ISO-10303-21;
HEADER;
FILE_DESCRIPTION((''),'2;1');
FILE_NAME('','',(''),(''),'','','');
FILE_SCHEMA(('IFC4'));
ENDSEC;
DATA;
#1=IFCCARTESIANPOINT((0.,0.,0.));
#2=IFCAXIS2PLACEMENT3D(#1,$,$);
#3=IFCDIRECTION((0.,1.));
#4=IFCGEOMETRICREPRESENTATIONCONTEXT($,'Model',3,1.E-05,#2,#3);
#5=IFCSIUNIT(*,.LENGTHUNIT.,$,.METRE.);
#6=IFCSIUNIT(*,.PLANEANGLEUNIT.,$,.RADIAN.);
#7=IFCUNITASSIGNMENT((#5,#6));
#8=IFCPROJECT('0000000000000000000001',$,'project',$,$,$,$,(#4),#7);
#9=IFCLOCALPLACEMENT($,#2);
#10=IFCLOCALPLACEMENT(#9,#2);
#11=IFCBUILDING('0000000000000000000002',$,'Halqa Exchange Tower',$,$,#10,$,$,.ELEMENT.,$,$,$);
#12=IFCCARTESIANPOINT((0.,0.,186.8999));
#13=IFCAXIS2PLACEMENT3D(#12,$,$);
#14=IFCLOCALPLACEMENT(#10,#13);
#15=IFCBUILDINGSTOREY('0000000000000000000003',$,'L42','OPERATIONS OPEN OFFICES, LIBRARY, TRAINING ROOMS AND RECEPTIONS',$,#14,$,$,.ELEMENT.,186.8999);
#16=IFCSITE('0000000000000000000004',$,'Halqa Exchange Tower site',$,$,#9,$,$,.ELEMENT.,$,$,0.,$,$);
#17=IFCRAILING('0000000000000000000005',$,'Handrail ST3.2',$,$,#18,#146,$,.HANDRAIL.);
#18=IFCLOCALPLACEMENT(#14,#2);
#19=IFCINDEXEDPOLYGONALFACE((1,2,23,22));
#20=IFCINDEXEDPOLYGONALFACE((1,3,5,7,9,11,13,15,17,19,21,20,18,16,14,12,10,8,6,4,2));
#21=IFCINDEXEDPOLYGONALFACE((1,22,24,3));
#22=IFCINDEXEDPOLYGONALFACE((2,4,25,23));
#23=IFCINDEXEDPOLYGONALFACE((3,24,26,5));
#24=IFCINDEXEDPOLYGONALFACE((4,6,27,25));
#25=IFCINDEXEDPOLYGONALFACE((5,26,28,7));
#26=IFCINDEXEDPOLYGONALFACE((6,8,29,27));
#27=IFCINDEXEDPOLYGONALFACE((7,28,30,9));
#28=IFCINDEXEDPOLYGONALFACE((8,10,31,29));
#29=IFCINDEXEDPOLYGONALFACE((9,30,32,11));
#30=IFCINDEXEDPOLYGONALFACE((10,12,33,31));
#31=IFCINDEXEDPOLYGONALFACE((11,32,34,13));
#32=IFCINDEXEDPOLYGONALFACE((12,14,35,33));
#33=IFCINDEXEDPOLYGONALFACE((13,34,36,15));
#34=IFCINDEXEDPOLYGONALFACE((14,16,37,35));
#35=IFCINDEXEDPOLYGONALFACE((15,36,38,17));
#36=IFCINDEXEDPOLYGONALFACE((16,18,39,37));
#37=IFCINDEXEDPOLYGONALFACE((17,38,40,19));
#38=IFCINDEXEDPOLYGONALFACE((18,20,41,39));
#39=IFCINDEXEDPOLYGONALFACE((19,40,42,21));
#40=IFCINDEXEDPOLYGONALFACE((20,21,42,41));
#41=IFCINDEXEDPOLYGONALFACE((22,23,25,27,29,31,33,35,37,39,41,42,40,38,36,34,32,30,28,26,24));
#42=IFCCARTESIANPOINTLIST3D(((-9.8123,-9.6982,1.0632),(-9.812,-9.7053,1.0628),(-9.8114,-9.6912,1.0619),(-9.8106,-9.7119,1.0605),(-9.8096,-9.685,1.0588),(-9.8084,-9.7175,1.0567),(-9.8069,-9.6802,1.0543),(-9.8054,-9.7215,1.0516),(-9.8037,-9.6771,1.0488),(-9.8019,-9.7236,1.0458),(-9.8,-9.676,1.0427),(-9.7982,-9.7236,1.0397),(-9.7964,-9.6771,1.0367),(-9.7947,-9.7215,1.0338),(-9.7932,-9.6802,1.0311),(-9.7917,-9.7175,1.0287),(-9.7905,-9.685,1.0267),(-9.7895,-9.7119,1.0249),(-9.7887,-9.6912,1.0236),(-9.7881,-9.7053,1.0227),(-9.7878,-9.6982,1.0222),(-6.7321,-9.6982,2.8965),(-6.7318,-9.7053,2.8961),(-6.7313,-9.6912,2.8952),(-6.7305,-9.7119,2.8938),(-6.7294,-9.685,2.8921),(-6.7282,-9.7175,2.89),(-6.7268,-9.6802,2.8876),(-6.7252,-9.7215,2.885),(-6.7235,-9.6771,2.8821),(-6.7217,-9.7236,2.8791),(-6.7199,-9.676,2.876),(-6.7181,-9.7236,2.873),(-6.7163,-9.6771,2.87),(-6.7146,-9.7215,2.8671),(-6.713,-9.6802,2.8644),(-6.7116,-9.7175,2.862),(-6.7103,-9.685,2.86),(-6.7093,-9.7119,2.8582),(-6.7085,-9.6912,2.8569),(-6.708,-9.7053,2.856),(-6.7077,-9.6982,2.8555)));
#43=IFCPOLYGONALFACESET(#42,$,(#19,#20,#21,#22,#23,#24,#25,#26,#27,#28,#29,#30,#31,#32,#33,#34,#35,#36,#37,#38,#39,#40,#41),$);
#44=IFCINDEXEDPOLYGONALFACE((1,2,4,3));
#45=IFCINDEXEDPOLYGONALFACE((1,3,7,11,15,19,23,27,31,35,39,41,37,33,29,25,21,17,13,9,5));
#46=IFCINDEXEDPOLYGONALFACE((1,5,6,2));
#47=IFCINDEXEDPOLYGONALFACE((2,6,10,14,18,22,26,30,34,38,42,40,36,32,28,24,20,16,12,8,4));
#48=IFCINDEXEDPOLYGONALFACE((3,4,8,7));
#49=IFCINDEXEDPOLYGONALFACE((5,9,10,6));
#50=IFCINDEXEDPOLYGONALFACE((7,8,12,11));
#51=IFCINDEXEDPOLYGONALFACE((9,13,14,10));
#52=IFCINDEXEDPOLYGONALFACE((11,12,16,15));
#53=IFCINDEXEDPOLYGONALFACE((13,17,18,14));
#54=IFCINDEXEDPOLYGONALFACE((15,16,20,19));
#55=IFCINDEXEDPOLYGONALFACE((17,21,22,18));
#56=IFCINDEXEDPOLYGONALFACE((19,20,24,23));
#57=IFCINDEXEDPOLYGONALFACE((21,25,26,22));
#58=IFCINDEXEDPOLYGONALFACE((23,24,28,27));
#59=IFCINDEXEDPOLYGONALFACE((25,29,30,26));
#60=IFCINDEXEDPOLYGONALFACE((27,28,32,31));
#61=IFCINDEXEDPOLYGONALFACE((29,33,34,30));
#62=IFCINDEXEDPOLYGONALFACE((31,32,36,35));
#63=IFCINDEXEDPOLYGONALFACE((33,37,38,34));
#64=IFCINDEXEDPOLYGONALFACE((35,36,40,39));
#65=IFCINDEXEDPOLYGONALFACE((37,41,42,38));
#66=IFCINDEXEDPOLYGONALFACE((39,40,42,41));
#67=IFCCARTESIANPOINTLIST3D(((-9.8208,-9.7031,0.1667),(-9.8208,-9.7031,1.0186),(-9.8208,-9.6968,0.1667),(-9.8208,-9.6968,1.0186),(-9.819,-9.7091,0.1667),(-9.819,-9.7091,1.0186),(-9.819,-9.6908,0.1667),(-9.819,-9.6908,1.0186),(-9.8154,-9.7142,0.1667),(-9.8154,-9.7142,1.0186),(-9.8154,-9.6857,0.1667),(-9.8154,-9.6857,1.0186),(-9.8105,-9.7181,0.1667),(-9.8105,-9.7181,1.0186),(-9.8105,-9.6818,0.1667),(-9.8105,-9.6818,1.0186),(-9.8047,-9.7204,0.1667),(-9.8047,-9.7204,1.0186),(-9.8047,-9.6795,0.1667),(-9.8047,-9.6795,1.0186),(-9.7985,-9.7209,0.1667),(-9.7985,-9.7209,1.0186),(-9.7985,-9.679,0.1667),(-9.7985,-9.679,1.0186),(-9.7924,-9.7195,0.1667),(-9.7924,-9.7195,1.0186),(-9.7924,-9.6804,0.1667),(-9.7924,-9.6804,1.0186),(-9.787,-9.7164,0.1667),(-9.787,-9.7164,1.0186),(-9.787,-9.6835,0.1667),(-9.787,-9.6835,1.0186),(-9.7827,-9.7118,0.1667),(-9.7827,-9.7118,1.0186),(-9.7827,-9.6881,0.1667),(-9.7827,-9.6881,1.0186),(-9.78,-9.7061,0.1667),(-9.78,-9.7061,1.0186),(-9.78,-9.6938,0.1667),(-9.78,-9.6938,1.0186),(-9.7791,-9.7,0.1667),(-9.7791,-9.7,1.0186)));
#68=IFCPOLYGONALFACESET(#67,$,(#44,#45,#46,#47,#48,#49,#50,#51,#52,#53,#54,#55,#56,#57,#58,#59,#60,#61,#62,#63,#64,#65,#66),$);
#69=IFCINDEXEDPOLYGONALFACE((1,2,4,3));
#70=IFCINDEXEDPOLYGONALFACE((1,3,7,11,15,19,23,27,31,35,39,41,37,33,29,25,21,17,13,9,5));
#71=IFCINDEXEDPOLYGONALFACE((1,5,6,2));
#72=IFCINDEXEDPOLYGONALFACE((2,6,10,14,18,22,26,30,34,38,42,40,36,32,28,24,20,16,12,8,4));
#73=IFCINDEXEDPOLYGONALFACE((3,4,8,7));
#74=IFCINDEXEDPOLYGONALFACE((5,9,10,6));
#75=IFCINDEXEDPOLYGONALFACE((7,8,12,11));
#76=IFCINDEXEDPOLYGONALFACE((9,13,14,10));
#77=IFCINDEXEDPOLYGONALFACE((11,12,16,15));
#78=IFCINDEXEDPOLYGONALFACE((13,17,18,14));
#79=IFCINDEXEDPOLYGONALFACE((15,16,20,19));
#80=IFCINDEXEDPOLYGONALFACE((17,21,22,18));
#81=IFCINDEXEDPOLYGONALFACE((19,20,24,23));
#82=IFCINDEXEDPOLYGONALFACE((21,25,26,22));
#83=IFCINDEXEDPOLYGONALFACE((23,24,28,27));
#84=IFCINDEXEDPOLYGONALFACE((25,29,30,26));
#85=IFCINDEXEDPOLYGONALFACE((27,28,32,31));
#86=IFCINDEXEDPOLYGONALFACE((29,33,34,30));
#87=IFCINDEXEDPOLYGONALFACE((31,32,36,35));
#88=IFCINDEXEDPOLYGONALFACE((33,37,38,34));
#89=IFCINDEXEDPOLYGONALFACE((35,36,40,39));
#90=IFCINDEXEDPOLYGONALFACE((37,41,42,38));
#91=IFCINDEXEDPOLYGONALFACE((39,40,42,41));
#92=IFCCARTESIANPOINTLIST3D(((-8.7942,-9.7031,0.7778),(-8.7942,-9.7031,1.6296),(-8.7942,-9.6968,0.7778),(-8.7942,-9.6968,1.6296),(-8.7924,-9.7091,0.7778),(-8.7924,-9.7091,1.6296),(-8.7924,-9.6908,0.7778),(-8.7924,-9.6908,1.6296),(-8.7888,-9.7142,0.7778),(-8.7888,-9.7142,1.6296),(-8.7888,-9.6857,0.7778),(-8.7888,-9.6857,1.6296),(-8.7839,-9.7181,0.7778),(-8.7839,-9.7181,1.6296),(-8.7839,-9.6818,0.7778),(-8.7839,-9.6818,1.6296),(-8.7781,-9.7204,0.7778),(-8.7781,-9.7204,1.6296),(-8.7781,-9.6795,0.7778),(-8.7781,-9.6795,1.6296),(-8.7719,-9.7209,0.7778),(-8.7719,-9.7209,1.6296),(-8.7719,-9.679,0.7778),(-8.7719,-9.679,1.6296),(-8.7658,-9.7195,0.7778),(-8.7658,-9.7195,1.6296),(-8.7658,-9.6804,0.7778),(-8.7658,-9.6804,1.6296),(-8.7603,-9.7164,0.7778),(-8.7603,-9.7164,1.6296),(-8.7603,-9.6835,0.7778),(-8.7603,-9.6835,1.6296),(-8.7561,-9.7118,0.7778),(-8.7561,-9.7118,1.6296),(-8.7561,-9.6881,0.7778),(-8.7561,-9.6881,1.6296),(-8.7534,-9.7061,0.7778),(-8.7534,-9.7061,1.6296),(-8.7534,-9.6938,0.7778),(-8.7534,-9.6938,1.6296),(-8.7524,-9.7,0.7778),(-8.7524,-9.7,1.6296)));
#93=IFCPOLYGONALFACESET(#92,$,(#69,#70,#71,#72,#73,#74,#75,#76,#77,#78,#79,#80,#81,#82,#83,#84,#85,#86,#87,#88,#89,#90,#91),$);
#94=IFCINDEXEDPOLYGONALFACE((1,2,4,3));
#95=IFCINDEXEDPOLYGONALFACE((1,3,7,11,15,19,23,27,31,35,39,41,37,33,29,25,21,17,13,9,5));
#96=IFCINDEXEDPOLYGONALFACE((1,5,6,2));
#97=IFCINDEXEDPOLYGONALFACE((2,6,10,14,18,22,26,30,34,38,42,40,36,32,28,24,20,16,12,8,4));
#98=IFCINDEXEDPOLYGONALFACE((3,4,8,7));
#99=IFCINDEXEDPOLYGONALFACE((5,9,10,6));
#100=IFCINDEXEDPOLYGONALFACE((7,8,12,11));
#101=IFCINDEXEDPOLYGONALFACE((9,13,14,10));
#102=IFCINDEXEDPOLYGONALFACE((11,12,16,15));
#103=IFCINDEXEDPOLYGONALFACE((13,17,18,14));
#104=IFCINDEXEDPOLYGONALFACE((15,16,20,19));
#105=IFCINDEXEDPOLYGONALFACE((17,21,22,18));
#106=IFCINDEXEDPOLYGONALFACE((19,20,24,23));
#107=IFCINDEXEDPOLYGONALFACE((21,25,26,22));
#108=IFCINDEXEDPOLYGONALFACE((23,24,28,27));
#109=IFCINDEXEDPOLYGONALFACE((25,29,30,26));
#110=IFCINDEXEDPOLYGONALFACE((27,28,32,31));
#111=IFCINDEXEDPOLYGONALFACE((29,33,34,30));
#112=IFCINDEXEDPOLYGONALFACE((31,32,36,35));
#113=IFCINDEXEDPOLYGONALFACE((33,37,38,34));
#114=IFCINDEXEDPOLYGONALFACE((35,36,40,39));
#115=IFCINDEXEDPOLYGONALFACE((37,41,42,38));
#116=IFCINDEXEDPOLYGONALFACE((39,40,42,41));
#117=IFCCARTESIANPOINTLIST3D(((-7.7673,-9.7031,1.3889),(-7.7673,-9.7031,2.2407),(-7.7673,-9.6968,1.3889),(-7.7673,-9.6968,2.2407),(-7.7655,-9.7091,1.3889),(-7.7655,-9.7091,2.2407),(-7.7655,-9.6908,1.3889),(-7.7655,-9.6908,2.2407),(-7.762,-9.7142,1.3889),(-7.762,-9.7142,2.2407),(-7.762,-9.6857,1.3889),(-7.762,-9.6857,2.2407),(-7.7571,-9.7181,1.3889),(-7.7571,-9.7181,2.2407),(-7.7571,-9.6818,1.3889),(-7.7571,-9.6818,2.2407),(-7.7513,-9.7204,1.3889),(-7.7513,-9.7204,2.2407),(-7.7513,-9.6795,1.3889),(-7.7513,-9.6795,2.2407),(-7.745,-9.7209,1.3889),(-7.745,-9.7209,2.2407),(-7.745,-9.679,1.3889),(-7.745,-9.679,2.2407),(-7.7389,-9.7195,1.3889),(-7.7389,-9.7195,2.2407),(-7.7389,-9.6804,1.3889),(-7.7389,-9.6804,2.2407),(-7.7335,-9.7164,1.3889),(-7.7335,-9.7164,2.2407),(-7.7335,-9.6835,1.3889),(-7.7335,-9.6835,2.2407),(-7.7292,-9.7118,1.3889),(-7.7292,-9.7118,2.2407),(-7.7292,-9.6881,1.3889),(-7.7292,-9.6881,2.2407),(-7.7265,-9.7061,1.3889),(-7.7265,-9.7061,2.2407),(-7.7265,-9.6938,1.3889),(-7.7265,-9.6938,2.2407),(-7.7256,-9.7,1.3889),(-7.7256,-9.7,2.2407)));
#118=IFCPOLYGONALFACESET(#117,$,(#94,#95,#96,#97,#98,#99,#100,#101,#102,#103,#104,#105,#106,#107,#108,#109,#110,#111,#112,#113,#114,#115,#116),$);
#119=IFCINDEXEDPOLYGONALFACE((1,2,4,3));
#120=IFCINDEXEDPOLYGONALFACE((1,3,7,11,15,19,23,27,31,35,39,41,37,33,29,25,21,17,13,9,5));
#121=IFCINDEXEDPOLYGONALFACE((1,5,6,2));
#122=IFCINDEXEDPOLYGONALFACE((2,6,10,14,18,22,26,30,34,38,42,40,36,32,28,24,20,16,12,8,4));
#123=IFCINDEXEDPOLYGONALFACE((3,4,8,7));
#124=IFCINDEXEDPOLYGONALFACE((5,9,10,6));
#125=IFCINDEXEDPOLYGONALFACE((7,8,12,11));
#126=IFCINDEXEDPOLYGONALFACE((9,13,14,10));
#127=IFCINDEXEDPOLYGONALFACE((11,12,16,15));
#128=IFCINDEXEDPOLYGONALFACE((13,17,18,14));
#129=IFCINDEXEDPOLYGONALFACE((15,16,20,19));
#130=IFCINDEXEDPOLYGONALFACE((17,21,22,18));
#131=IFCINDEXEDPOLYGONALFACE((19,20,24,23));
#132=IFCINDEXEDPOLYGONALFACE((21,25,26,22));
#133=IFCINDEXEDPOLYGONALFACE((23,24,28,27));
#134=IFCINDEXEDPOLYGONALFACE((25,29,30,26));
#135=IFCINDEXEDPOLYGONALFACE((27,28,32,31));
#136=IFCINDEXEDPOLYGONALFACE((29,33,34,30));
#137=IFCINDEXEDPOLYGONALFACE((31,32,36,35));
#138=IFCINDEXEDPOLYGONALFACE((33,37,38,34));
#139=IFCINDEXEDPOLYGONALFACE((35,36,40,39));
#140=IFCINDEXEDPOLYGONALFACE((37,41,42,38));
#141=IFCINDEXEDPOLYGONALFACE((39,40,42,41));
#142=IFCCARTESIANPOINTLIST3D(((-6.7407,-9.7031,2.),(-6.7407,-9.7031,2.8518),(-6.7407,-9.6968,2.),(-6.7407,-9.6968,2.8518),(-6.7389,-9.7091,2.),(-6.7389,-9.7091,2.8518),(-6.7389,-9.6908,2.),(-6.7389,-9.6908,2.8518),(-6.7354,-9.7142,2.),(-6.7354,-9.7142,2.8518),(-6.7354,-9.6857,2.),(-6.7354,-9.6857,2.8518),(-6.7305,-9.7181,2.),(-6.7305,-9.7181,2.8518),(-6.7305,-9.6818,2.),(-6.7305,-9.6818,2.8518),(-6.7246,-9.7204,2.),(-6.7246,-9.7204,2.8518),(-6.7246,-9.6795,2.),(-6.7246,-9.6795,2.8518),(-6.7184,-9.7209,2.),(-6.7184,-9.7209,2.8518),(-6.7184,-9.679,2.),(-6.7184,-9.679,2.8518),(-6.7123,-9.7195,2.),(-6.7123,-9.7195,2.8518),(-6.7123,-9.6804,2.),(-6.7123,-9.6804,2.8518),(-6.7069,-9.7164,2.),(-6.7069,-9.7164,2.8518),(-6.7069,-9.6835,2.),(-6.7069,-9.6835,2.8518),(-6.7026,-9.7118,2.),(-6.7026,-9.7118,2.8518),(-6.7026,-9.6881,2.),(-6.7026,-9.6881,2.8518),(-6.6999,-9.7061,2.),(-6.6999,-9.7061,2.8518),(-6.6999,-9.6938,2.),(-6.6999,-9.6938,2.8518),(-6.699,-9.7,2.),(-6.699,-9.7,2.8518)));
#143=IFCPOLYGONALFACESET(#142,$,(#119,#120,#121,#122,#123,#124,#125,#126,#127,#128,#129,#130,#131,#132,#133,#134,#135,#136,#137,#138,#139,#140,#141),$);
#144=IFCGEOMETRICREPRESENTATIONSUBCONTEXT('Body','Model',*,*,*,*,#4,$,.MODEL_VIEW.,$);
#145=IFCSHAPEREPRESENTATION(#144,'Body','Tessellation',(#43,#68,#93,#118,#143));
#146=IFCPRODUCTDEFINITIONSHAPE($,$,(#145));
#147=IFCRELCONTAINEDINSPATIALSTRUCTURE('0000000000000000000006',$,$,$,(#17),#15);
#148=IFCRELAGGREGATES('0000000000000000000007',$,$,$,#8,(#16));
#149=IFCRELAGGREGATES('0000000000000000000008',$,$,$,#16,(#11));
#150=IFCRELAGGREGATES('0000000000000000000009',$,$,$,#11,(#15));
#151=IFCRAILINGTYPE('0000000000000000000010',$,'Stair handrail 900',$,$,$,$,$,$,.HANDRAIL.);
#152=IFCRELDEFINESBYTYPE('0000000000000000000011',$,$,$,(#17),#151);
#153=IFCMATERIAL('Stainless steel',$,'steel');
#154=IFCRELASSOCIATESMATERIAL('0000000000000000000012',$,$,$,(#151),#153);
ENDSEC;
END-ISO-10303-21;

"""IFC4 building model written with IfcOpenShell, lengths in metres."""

from ifc_helpers import new_model, si_unit, direction, frame, origin, origin_2d, place, context, subcontext, project, spatial, circle, extrude, material, type_object, element, save


model = new_model("IFC4")

# Units and contexts
model_context = context("Model", 3, precision=1e-05, world=origin(), true_north=direction((0.0, 1.0)))
body_context = subcontext(model_context, "Body", "Model", "MODEL_VIEW")
ifc_project = project(units=[si_unit("LENGTHUNIT", "METRE"), si_unit("PLANEANGLEUNIT", "RADIAN")], contexts=[model_context])

# Site, building, storey
site_placement = place(None, origin())
site = spatial("IfcSite", under=ifc_project, at=site_placement, Name="Halqa Exchange Tower site", CompositionType="ELEMENT", RefElevation=0.0)
building_placement = place(site_placement, origin())
building = spatial("IfcBuilding", under=site, at=building_placement, Name="Halqa Exchange Tower", CompositionType="ELEMENT")
storey_placement = place(building_placement, frame((0.0, 0.0, 186.8999)))
storey = spatial("IfcBuildingStorey", under=building, at=storey_placement, Name="L42", Description="OPERATIONS OPEN OFFICES, LIBRARY, TRAINING ROOMS AND RECEPTIONS", CompositionType="ELEMENT", Elevation=186.8999)

# Shared definitions
ifc_material_1 = material(Name="Stainless steel", Category="steel")

# Railing
railing_type_1 = type_object("IfcRailingType", Name="Stair handrail 900", PredefinedType="HANDRAIL", material=ifc_material_1)
railing_1_placement = place(storey_placement, frame((-9.8, -9.7, 0.1667)))
element("IfcRailing", 1, at=railing_1_placement, inside=storey, type_object=railing_type_1, Name="Handrail ST3.2", PredefinedType="HANDRAIL", context=body_context, shape_type="SweptSolid", body=[
    extrude(circle(Radius=0.0239, at=origin_2d()), frame((0.0, 0.0, 0.876), z_axis=(0.859309, 0.0, 0.511458), x_axis=(0.0, 1.0, 0.0)), (0.0, 0.0, 1.0), 3.5845),
    extrude(circle(Radius=0.021, at=origin_2d()), origin(), (0.0, 0.0, 1.0), 0.8518),
    extrude(circle(Radius=0.021, at=origin_2d()), frame((1.0266, 0.0, 0.6111)), (0.0, 0.0, 1.0), 0.8518),
    extrude(circle(Radius=0.021, at=origin_2d()), frame((2.0535, 0.0, 1.2222)), (0.0, 0.0, 1.0), 0.8518),
    extrude(circle(Radius=0.021, at=origin_2d()), frame((3.0801, 0.0, 1.8333)), (0.0, 0.0, 1.0), 0.8518),
])

save(model, "model.ifc")
